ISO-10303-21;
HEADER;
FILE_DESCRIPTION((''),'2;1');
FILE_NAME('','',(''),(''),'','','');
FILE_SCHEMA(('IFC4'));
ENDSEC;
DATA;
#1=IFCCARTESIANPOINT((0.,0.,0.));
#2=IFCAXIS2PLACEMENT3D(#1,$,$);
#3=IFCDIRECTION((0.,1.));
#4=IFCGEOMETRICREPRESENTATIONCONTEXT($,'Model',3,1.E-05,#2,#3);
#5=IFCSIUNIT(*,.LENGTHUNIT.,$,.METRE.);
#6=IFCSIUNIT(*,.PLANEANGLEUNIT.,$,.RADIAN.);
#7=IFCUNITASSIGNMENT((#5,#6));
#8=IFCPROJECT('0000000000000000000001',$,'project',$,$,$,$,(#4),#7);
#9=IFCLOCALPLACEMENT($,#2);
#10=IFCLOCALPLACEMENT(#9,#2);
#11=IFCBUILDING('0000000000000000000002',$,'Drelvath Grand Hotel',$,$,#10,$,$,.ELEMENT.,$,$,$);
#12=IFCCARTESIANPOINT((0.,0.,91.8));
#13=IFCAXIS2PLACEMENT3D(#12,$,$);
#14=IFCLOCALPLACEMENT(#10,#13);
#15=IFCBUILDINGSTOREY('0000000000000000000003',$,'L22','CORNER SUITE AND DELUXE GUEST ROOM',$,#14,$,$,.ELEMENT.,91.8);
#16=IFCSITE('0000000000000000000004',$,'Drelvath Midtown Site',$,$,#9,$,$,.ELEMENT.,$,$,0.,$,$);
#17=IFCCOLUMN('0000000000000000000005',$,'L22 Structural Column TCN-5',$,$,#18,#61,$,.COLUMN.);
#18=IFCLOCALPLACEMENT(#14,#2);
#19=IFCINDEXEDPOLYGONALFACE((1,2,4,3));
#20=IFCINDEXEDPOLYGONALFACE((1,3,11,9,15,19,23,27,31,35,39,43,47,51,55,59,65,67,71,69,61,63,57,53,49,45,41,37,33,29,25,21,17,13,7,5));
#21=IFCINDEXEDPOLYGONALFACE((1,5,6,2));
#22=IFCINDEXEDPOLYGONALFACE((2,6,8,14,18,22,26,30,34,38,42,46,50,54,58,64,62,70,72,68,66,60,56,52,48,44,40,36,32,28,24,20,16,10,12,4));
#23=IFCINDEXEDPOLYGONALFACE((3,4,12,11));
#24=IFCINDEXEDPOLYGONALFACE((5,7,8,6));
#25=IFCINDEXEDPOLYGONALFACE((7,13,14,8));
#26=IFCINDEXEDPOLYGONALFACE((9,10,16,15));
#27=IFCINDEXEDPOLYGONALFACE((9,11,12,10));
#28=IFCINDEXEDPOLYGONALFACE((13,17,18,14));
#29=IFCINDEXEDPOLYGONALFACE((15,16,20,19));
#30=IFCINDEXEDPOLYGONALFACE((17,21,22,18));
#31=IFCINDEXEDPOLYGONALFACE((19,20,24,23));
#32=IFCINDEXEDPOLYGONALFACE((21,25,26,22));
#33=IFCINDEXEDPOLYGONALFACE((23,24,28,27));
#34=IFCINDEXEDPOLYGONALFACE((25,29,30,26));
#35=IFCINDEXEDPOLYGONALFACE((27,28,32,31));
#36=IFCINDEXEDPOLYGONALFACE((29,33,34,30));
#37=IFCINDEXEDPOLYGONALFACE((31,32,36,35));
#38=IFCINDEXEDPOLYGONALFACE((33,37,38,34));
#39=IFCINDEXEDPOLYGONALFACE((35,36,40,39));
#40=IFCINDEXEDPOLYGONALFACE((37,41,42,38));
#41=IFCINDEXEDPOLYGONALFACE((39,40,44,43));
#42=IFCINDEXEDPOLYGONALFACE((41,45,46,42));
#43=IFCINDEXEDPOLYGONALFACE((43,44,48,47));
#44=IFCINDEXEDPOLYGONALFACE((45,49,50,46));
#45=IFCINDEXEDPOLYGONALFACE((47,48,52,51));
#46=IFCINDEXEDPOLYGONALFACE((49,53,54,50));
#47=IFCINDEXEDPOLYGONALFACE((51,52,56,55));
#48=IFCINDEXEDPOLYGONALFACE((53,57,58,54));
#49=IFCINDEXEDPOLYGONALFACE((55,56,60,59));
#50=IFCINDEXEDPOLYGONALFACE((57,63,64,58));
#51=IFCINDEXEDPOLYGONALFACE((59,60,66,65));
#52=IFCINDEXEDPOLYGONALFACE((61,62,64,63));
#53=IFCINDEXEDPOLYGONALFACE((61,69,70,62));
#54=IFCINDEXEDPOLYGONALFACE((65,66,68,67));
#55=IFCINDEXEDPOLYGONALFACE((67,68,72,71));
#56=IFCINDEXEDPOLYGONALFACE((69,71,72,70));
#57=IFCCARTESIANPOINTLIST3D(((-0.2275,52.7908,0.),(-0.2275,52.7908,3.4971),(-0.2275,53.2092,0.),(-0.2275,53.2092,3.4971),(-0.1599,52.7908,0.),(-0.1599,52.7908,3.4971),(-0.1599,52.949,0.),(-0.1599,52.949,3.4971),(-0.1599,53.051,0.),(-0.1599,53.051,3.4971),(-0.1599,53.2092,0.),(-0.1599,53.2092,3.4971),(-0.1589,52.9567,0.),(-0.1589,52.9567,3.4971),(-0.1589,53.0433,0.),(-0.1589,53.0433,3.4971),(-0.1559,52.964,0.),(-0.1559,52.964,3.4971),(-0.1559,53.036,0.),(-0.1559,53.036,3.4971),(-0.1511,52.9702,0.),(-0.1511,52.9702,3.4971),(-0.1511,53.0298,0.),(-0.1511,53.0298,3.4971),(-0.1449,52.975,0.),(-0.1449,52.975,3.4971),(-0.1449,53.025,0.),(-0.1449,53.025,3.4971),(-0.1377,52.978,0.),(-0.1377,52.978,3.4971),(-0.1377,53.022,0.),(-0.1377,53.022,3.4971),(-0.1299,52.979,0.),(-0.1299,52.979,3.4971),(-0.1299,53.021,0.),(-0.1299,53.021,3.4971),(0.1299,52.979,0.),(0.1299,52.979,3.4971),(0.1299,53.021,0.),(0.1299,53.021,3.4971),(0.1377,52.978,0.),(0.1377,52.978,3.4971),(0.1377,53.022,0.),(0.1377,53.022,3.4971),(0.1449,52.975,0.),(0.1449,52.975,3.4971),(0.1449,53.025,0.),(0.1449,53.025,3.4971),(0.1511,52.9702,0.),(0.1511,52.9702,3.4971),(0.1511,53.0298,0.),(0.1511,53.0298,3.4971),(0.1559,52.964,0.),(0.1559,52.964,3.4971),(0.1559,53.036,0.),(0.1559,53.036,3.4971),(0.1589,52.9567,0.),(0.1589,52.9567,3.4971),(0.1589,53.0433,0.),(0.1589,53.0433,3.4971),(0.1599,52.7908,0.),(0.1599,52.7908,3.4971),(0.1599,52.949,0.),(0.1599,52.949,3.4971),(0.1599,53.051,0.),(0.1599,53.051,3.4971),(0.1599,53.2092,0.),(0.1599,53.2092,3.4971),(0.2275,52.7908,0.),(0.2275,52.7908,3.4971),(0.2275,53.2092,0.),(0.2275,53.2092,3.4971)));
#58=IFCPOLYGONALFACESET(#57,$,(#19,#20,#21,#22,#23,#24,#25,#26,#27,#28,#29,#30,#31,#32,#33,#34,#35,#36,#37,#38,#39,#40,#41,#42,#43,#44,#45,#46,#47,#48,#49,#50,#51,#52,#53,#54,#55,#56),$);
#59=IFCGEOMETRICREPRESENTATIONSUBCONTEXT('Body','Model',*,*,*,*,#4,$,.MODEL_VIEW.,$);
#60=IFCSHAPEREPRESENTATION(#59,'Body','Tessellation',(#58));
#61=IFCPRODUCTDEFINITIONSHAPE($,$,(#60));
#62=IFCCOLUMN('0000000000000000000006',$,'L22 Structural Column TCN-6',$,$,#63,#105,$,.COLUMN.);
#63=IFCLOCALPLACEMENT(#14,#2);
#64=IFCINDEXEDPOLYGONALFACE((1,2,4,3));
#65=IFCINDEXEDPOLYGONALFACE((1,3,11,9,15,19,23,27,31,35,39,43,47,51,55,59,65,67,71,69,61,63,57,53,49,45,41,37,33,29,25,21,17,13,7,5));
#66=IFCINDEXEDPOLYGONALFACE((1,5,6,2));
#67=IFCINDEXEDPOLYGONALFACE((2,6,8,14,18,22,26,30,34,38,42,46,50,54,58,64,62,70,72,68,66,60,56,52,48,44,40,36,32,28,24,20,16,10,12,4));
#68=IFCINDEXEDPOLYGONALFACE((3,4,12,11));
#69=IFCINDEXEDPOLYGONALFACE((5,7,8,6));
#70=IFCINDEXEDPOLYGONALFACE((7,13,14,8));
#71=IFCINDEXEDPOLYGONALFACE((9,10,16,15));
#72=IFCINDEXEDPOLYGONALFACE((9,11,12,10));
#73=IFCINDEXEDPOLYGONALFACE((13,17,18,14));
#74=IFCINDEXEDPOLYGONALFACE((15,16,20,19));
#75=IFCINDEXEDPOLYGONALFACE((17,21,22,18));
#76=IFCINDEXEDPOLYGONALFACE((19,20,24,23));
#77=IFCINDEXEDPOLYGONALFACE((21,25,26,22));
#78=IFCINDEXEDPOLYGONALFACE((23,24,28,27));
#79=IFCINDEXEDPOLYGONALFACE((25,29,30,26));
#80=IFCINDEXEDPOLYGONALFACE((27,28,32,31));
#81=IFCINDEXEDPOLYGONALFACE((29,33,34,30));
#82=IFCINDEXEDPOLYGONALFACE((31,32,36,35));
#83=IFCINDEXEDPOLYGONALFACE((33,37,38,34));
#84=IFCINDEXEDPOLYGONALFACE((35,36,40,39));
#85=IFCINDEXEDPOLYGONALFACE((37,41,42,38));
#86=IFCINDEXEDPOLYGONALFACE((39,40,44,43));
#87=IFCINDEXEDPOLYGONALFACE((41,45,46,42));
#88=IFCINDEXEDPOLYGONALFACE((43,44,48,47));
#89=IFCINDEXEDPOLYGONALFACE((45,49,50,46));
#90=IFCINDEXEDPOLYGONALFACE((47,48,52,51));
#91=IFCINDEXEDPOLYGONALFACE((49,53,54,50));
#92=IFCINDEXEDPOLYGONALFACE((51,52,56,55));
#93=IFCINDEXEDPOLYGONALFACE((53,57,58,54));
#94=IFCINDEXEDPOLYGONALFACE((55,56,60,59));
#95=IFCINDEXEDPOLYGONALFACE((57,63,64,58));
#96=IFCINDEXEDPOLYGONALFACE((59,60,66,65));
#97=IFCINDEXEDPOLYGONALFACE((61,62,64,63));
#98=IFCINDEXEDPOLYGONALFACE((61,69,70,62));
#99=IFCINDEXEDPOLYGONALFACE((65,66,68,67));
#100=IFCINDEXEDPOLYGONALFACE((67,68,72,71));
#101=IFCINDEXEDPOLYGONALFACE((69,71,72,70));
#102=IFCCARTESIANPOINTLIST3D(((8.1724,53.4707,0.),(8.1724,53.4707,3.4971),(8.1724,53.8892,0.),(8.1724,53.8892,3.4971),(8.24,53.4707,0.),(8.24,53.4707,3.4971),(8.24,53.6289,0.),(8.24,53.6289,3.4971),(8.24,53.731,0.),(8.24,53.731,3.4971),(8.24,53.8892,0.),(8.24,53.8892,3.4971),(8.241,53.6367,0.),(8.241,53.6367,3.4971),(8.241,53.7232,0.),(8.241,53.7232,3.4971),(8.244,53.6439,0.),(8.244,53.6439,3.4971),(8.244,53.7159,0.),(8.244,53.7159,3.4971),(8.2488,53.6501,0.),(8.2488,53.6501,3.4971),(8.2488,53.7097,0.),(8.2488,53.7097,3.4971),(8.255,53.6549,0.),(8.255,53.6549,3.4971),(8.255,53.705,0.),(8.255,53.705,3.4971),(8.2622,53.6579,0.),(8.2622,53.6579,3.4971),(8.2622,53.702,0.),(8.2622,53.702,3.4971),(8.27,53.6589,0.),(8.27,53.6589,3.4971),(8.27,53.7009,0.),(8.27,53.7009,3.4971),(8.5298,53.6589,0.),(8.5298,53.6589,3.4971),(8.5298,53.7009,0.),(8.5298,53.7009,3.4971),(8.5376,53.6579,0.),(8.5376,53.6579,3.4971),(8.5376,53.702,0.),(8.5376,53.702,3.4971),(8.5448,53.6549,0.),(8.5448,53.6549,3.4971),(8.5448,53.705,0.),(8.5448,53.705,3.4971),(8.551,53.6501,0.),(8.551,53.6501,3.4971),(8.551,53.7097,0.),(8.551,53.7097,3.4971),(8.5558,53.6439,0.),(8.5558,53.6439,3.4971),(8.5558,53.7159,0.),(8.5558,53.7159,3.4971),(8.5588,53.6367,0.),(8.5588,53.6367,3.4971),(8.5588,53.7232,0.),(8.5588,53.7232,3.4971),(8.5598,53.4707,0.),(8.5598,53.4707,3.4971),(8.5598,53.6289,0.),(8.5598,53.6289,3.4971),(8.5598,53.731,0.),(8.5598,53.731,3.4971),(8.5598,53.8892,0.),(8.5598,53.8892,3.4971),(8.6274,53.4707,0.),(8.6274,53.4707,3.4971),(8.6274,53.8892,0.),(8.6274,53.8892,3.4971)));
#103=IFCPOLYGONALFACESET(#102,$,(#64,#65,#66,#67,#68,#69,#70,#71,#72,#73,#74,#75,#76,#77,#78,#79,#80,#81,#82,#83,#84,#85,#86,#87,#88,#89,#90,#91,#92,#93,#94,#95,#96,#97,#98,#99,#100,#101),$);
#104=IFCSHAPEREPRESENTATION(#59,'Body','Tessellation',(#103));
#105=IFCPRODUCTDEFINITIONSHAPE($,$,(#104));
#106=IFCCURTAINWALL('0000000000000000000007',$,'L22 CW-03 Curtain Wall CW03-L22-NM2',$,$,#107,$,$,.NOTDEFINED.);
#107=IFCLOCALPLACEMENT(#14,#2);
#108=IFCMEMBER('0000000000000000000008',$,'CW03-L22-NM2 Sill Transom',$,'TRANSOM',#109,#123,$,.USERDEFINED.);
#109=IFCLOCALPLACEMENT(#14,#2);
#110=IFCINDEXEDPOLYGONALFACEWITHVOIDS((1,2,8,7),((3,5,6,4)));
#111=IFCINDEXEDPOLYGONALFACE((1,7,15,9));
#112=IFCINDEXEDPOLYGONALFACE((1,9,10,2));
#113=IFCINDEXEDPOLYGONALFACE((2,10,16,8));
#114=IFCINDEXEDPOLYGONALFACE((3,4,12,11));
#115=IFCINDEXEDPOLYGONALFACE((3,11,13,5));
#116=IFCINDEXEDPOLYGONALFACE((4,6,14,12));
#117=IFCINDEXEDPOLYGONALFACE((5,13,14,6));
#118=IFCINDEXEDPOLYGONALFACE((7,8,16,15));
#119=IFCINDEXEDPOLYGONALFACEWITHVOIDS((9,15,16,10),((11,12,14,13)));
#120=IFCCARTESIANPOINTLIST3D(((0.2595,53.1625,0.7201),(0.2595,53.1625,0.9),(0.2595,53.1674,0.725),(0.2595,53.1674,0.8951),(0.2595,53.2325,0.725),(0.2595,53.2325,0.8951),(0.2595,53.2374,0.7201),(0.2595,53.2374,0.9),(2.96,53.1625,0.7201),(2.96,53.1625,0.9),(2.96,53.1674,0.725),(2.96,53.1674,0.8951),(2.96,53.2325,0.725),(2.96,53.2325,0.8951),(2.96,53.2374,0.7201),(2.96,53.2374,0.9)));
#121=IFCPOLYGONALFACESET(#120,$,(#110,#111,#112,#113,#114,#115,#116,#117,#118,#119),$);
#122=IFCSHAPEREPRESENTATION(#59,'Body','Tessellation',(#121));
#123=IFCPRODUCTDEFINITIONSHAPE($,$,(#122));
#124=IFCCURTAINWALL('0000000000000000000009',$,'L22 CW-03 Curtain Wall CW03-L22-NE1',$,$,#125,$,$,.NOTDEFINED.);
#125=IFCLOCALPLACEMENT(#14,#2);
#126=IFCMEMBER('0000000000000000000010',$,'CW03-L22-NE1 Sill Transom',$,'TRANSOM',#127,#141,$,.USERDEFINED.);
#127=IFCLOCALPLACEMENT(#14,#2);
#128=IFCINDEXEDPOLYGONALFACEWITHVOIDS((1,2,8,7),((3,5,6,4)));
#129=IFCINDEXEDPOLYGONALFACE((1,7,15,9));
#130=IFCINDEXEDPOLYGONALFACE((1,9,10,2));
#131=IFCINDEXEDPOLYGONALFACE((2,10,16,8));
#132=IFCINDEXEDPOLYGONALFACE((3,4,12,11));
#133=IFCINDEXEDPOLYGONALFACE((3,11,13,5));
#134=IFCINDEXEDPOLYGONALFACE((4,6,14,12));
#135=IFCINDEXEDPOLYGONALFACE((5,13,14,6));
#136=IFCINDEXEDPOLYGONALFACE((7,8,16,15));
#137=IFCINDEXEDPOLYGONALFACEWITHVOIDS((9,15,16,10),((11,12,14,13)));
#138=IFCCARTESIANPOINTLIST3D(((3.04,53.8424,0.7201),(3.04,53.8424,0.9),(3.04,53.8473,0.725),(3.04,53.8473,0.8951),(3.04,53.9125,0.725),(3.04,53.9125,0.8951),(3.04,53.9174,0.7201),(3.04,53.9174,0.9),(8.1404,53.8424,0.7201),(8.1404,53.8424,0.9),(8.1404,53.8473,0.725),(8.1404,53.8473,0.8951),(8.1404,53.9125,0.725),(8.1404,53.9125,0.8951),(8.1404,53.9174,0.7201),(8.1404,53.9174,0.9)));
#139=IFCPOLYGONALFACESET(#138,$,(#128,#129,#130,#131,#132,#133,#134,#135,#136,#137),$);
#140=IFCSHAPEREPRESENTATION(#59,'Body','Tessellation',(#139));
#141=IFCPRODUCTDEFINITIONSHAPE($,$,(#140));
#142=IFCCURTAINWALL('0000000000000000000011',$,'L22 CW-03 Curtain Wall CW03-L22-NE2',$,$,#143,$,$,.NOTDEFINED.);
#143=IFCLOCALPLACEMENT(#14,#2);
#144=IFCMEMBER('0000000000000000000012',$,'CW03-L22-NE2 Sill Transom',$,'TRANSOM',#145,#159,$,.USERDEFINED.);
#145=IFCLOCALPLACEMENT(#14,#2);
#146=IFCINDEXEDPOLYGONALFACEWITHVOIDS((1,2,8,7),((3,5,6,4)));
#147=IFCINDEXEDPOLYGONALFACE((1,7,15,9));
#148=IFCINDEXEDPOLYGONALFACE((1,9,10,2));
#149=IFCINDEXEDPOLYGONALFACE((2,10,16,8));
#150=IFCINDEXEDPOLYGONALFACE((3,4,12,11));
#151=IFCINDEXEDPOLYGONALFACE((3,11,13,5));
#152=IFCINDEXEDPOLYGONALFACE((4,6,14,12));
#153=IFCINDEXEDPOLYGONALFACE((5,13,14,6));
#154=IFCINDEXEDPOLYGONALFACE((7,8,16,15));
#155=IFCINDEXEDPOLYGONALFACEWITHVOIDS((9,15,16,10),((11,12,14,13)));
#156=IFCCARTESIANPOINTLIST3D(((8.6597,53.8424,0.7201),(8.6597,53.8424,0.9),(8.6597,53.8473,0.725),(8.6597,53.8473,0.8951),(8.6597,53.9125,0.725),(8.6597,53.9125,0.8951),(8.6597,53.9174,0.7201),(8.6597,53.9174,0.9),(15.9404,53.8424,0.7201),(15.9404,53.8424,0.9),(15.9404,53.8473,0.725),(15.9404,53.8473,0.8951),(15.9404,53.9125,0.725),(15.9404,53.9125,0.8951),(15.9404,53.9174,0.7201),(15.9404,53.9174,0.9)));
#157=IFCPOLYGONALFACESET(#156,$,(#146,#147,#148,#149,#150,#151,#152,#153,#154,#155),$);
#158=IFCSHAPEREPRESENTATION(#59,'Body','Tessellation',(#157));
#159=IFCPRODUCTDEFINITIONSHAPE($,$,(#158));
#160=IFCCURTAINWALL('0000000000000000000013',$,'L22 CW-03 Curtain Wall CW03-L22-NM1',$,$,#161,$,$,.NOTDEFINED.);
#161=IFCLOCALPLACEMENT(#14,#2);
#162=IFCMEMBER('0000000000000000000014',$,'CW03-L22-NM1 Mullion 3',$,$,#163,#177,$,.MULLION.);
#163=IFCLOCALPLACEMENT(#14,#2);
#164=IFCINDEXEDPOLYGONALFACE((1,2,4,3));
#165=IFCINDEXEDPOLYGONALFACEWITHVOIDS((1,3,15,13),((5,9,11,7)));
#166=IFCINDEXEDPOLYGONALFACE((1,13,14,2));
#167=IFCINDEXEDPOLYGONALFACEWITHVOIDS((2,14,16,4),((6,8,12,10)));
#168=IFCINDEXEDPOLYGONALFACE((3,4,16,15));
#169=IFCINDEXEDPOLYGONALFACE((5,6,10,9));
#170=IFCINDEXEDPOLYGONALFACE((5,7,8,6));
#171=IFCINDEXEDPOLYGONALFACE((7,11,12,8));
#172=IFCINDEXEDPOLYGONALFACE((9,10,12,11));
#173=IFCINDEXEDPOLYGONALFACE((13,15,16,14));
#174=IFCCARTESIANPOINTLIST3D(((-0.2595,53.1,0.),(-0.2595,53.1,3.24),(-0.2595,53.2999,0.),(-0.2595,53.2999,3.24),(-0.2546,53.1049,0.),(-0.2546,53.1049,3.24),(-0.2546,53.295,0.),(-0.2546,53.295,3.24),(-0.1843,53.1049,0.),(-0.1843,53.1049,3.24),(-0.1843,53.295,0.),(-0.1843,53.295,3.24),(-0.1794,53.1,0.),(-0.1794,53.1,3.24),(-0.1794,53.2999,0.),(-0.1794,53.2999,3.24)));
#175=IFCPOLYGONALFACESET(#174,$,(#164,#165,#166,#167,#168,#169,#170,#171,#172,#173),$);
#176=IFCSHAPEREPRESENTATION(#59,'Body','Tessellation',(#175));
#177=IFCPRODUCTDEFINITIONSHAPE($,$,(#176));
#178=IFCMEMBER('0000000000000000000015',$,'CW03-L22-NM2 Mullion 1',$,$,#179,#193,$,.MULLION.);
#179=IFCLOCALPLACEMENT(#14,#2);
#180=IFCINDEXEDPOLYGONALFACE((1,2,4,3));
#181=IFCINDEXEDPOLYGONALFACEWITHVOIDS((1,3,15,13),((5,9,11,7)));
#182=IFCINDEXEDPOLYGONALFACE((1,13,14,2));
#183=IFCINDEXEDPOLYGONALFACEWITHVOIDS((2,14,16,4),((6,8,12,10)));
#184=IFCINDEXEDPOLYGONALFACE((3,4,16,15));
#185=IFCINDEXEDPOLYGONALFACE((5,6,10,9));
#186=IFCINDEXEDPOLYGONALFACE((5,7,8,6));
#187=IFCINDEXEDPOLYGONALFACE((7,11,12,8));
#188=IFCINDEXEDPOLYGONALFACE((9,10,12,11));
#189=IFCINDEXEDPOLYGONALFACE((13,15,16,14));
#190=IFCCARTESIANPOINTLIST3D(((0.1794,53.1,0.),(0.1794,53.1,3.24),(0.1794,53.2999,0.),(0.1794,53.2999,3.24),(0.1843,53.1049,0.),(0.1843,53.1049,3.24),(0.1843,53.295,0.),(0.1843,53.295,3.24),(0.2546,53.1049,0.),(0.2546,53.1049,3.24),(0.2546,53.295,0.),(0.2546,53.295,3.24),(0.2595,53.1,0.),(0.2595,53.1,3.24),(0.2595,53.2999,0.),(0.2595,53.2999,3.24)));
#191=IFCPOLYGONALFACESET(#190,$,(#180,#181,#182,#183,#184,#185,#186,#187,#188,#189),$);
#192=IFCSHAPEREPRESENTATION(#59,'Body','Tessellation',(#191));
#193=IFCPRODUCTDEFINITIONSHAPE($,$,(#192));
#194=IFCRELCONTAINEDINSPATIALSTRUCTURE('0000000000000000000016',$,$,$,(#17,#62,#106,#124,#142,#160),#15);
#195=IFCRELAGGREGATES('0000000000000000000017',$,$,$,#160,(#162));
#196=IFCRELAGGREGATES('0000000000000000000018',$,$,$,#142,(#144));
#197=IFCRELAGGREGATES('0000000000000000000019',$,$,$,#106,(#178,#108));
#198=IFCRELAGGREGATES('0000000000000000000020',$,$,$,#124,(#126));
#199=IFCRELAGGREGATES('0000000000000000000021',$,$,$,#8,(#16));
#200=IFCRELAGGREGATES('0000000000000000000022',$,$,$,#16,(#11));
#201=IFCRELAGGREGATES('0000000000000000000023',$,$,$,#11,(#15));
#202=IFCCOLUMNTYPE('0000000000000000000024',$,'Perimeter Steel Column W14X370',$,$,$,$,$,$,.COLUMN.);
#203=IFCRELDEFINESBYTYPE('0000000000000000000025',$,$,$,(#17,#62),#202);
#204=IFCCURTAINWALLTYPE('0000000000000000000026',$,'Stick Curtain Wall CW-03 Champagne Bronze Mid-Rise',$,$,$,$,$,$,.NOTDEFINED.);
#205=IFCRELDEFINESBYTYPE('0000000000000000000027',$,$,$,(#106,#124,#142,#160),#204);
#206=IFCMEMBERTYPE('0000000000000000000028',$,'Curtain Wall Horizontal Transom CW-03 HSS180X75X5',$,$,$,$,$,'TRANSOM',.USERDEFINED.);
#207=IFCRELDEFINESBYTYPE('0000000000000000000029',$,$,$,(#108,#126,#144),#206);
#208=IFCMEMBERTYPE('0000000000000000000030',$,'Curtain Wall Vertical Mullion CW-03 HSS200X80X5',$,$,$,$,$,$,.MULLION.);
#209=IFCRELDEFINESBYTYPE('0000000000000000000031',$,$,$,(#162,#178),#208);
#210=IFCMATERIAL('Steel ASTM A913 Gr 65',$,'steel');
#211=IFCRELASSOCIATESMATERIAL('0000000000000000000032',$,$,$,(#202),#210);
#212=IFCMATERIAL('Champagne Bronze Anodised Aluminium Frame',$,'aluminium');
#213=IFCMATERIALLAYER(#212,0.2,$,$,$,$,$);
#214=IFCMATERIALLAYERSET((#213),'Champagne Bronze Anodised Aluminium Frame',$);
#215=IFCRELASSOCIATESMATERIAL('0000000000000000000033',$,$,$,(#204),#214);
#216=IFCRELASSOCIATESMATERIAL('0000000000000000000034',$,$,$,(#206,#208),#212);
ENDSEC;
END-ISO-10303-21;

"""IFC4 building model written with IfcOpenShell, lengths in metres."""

from ifc_helpers import new_model, si_unit, direction, frame, origin, origin_2d, place, context, subcontext, project, spatial, hollow_rectangle, i_section, extrude, material, layer, layer_set, material_profile, profile_set, type_object, element, aggregate, save


model = new_model("IFC4")

# Units and contexts
model_context = context("Model", 3, precision=1e-05, world=origin(), true_north=direction((0.0, 1.0)))
body_context = subcontext(model_context, "Body", "Model", "MODEL_VIEW")
ifc_project = project(units=[si_unit("LENGTHUNIT", "METRE"), si_unit("PLANEANGLEUNIT", "RADIAN")], contexts=[model_context])

# Site, building, storey
site_placement = place(None, origin())
site = spatial("IfcSite", under=ifc_project, at=site_placement, Name="Drelvath Midtown Site", CompositionType="ELEMENT", RefElevation=0.0)
building_placement = place(site_placement, origin())
building = spatial("IfcBuilding", under=site, at=building_placement, Name="Drelvath Grand Hotel", CompositionType="ELEMENT")
storey_placement = place(building_placement, frame((0.0, 0.0, 91.8)))
storey = spatial("IfcBuildingStorey", under=building, at=storey_placement, Name="L22", Description="CORNER SUITE AND DELUXE GUEST ROOM", CompositionType="ELEMENT", Elevation=91.8)

# Columns
ifc_material_1 = material(Name="Steel ASTM A913 Gr 65", Category="steel")
ifc_material_profile_1 = material_profile(ifc_material_1, i_section(OverallWidth=0.4185, OverallDepth=0.4551, WebThickness=0.042, FlangeThickness=0.0676, FilletRadius=0.03, at=origin_2d()), Name="W14X370")
ifc_profile_set_1 = profile_set([ifc_material_profile_1], Name="Steel ASTM A913 Gr 65")
column_type = type_object("IfcColumnType", Name="Perimeter Steel Column W14X370", PredefinedType="COLUMN", material=ifc_profile_set_1)
for number, where, z_axis, x_axis, name in (
    (1, (0.0, 53.0, 0.0), (0.0, 0.0, 1.0), (0.0, 1.0, 0.0), "L22 Structural Column TCN-5"),
    (2, (8.3999, 53.6799, 0.0), (0.0, 0.0, 1.0), (0.0, 1.0, 0.0), "L22 Structural Column TCN-6"),
):
    element("IfcColumn", number, at=place(storey_placement, frame(where, z_axis=z_axis, x_axis=x_axis)), inside=storey, type_object=column_type, Name=name, PredefinedType="COLUMN", context=body_context, shape_type="SweptSolid", body=[
        extrude(i_section(OverallWidth=0.4185, OverallDepth=0.4551, WebThickness=0.042, FlangeThickness=0.0676, FilletRadius=0.03, at=origin_2d()), origin(), (0.0, 0.0, 1.0), 3.4971),
    ])

# Curtain walls, members
ifc_material_2 = material(Name="Champagne Bronze Anodised Aluminium Frame", Category="aluminium")
ifc_layer_1 = layer(ifc_material_2, 0.2)
ifc_layer_set_1 = layer_set([ifc_layer_1], Name="Champagne Bronze Anodised Aluminium Frame")
curtain_wall_type = type_object("IfcCurtainWallType", Name="Stick Curtain Wall CW-03 Champagne Bronze Mid-Rise", PredefinedType="NOTDEFINED", material=ifc_layer_set_1)
curtain_wall_1_placement = place(storey_placement, origin())
curtain_wall_1 = element("IfcCurtainWall", 3, at=curtain_wall_1_placement, inside=storey, type_object=curtain_wall_type, Name="L22 CW-03 Curtain Wall CW03-L22-NM2", PredefinedType="NOTDEFINED")
ifc_material_profile_2 = material_profile(ifc_material_2, hollow_rectangle(XDim=0.075, YDim=0.1799, WallThickness=0.0049, at=origin_2d()), Name="HSS180X75X5")
ifc_profile_set_2 = profile_set([ifc_material_profile_2], Name="Champagne Bronze Anodised Aluminium Frame")
member_type_1 = type_object("IfcMemberType", Name="Curtain Wall Horizontal Transom CW-03 HSS180X75X5", ElementType="TRANSOM", PredefinedType="USERDEFINED", material=ifc_profile_set_2)
member_1_placement = place(storey_placement, frame((0.2595, 53.2, 0.8101), z_axis=(1.0, 0.0, 0.0), x_axis=(0.0, 1.0, 0.0)))
member_1 = element("IfcMember", 4, at=member_1_placement, type_object=member_type_1, Name="CW03-L22-NM2 Sill Transom", ObjectType="TRANSOM", PredefinedType="USERDEFINED", context=body_context, shape_type="SweptSolid", body=[
    extrude(hollow_rectangle(XDim=0.075, YDim=0.1799, WallThickness=0.0049, at=origin_2d()), origin(), (0.0, 0.0, 1.0), 2.7004),
])
curtain_wall_2_placement = place(storey_placement, origin())
curtain_wall_2 = element("IfcCurtainWall", 5, at=curtain_wall_2_placement, inside=storey, type_object=curtain_wall_type, Name="L22 CW-03 Curtain Wall CW03-L22-NE1", PredefinedType="NOTDEFINED")
member_2_placement = place(storey_placement, frame((3.04, 53.8799, 0.8101), z_axis=(1.0, 0.0, 0.0), x_axis=(0.0, 1.0, 0.0)))
member_2 = element("IfcMember", 6, at=member_2_placement, type_object=member_type_1, Name="CW03-L22-NE1 Sill Transom", ObjectType="TRANSOM", PredefinedType="USERDEFINED", context=body_context, shape_type="SweptSolid", body=[
    extrude(hollow_rectangle(XDim=0.075, YDim=0.1799, WallThickness=0.0049, at=origin_2d()), origin(), (0.0, 0.0, 1.0), 5.1003),
])
curtain_wall_3_placement = place(storey_placement, origin())
curtain_wall_3 = element("IfcCurtainWall", 7, at=curtain_wall_3_placement, inside=storey, type_object=curtain_wall_type, Name="L22 CW-03 Curtain Wall CW03-L22-NE2", PredefinedType="NOTDEFINED")
member_3_placement = place(storey_placement, frame((8.6597, 53.8799, 0.8101), z_axis=(1.0, 0.0, 0.0), x_axis=(0.0, 1.0, 0.0)))
member_3 = element("IfcMember", 8, at=member_3_placement, type_object=member_type_1, Name="CW03-L22-NE2 Sill Transom", ObjectType="TRANSOM", PredefinedType="USERDEFINED", context=body_context, shape_type="SweptSolid", body=[
    extrude(hollow_rectangle(XDim=0.075, YDim=0.1799, WallThickness=0.0049, at=origin_2d()), origin(), (0.0, 0.0, 1.0), 7.2808),
])
curtain_wall_4_placement = place(storey_placement, origin())
curtain_wall_4 = element("IfcCurtainWall", 9, at=curtain_wall_4_placement, inside=storey, type_object=curtain_wall_type, Name="L22 CW-03 Curtain Wall CW03-L22-NM1", PredefinedType="NOTDEFINED")
ifc_material_profile_3 = material_profile(ifc_material_2, hollow_rectangle(XDim=0.0801, YDim=0.2, WallThickness=0.0049, at=origin_2d()), Name="HSS200X80X5")
ifc_profile_set_3 = profile_set([ifc_material_profile_3], Name="Champagne Bronze Anodised Aluminium Frame")
member_type_2 = type_object("IfcMemberType", Name="Curtain Wall Vertical Mullion CW-03 HSS200X80X5", PredefinedType="MULLION", material=ifc_profile_set_3)
member_4_placement = place(storey_placement, frame((-0.2195, 53.2, 0.0), z_axis=(0.0, 0.0, 1.0), x_axis=(1.0, 0.0, 0.0)))
member_4 = element("IfcMember", 10, at=member_4_placement, type_object=member_type_2, Name="CW03-L22-NM1 Mullion 3", PredefinedType="MULLION", context=body_context, shape_type="SweptSolid", body=[
    extrude(hollow_rectangle(XDim=0.0801, YDim=0.2, WallThickness=0.0049, at=origin_2d()), origin(), (0.0, 0.0, 1.0), 3.24),
])
aggregate(curtain_wall_4, [member_4])

# Member
member_5_placement = place(storey_placement, frame((0.2195, 53.2, 0.0), z_axis=(0.0, 0.0, 1.0), x_axis=(1.0, 0.0, 0.0)))
member_5 = element("IfcMember", 11, at=member_5_placement, type_object=member_type_2, Name="CW03-L22-NM2 Mullion 1", PredefinedType="MULLION", context=body_context, shape_type="SweptSolid", body=[
    extrude(hollow_rectangle(XDim=0.0801, YDim=0.2, WallThickness=0.0049, at=origin_2d()), origin(), (0.0, 0.0, 1.0), 3.24),
])
aggregate(curtain_wall_3, [member_3])

aggregate(curtain_wall_1, [member_5, member_1])
aggregate(curtain_wall_2, [member_2])

save(model, "model.ifc")
